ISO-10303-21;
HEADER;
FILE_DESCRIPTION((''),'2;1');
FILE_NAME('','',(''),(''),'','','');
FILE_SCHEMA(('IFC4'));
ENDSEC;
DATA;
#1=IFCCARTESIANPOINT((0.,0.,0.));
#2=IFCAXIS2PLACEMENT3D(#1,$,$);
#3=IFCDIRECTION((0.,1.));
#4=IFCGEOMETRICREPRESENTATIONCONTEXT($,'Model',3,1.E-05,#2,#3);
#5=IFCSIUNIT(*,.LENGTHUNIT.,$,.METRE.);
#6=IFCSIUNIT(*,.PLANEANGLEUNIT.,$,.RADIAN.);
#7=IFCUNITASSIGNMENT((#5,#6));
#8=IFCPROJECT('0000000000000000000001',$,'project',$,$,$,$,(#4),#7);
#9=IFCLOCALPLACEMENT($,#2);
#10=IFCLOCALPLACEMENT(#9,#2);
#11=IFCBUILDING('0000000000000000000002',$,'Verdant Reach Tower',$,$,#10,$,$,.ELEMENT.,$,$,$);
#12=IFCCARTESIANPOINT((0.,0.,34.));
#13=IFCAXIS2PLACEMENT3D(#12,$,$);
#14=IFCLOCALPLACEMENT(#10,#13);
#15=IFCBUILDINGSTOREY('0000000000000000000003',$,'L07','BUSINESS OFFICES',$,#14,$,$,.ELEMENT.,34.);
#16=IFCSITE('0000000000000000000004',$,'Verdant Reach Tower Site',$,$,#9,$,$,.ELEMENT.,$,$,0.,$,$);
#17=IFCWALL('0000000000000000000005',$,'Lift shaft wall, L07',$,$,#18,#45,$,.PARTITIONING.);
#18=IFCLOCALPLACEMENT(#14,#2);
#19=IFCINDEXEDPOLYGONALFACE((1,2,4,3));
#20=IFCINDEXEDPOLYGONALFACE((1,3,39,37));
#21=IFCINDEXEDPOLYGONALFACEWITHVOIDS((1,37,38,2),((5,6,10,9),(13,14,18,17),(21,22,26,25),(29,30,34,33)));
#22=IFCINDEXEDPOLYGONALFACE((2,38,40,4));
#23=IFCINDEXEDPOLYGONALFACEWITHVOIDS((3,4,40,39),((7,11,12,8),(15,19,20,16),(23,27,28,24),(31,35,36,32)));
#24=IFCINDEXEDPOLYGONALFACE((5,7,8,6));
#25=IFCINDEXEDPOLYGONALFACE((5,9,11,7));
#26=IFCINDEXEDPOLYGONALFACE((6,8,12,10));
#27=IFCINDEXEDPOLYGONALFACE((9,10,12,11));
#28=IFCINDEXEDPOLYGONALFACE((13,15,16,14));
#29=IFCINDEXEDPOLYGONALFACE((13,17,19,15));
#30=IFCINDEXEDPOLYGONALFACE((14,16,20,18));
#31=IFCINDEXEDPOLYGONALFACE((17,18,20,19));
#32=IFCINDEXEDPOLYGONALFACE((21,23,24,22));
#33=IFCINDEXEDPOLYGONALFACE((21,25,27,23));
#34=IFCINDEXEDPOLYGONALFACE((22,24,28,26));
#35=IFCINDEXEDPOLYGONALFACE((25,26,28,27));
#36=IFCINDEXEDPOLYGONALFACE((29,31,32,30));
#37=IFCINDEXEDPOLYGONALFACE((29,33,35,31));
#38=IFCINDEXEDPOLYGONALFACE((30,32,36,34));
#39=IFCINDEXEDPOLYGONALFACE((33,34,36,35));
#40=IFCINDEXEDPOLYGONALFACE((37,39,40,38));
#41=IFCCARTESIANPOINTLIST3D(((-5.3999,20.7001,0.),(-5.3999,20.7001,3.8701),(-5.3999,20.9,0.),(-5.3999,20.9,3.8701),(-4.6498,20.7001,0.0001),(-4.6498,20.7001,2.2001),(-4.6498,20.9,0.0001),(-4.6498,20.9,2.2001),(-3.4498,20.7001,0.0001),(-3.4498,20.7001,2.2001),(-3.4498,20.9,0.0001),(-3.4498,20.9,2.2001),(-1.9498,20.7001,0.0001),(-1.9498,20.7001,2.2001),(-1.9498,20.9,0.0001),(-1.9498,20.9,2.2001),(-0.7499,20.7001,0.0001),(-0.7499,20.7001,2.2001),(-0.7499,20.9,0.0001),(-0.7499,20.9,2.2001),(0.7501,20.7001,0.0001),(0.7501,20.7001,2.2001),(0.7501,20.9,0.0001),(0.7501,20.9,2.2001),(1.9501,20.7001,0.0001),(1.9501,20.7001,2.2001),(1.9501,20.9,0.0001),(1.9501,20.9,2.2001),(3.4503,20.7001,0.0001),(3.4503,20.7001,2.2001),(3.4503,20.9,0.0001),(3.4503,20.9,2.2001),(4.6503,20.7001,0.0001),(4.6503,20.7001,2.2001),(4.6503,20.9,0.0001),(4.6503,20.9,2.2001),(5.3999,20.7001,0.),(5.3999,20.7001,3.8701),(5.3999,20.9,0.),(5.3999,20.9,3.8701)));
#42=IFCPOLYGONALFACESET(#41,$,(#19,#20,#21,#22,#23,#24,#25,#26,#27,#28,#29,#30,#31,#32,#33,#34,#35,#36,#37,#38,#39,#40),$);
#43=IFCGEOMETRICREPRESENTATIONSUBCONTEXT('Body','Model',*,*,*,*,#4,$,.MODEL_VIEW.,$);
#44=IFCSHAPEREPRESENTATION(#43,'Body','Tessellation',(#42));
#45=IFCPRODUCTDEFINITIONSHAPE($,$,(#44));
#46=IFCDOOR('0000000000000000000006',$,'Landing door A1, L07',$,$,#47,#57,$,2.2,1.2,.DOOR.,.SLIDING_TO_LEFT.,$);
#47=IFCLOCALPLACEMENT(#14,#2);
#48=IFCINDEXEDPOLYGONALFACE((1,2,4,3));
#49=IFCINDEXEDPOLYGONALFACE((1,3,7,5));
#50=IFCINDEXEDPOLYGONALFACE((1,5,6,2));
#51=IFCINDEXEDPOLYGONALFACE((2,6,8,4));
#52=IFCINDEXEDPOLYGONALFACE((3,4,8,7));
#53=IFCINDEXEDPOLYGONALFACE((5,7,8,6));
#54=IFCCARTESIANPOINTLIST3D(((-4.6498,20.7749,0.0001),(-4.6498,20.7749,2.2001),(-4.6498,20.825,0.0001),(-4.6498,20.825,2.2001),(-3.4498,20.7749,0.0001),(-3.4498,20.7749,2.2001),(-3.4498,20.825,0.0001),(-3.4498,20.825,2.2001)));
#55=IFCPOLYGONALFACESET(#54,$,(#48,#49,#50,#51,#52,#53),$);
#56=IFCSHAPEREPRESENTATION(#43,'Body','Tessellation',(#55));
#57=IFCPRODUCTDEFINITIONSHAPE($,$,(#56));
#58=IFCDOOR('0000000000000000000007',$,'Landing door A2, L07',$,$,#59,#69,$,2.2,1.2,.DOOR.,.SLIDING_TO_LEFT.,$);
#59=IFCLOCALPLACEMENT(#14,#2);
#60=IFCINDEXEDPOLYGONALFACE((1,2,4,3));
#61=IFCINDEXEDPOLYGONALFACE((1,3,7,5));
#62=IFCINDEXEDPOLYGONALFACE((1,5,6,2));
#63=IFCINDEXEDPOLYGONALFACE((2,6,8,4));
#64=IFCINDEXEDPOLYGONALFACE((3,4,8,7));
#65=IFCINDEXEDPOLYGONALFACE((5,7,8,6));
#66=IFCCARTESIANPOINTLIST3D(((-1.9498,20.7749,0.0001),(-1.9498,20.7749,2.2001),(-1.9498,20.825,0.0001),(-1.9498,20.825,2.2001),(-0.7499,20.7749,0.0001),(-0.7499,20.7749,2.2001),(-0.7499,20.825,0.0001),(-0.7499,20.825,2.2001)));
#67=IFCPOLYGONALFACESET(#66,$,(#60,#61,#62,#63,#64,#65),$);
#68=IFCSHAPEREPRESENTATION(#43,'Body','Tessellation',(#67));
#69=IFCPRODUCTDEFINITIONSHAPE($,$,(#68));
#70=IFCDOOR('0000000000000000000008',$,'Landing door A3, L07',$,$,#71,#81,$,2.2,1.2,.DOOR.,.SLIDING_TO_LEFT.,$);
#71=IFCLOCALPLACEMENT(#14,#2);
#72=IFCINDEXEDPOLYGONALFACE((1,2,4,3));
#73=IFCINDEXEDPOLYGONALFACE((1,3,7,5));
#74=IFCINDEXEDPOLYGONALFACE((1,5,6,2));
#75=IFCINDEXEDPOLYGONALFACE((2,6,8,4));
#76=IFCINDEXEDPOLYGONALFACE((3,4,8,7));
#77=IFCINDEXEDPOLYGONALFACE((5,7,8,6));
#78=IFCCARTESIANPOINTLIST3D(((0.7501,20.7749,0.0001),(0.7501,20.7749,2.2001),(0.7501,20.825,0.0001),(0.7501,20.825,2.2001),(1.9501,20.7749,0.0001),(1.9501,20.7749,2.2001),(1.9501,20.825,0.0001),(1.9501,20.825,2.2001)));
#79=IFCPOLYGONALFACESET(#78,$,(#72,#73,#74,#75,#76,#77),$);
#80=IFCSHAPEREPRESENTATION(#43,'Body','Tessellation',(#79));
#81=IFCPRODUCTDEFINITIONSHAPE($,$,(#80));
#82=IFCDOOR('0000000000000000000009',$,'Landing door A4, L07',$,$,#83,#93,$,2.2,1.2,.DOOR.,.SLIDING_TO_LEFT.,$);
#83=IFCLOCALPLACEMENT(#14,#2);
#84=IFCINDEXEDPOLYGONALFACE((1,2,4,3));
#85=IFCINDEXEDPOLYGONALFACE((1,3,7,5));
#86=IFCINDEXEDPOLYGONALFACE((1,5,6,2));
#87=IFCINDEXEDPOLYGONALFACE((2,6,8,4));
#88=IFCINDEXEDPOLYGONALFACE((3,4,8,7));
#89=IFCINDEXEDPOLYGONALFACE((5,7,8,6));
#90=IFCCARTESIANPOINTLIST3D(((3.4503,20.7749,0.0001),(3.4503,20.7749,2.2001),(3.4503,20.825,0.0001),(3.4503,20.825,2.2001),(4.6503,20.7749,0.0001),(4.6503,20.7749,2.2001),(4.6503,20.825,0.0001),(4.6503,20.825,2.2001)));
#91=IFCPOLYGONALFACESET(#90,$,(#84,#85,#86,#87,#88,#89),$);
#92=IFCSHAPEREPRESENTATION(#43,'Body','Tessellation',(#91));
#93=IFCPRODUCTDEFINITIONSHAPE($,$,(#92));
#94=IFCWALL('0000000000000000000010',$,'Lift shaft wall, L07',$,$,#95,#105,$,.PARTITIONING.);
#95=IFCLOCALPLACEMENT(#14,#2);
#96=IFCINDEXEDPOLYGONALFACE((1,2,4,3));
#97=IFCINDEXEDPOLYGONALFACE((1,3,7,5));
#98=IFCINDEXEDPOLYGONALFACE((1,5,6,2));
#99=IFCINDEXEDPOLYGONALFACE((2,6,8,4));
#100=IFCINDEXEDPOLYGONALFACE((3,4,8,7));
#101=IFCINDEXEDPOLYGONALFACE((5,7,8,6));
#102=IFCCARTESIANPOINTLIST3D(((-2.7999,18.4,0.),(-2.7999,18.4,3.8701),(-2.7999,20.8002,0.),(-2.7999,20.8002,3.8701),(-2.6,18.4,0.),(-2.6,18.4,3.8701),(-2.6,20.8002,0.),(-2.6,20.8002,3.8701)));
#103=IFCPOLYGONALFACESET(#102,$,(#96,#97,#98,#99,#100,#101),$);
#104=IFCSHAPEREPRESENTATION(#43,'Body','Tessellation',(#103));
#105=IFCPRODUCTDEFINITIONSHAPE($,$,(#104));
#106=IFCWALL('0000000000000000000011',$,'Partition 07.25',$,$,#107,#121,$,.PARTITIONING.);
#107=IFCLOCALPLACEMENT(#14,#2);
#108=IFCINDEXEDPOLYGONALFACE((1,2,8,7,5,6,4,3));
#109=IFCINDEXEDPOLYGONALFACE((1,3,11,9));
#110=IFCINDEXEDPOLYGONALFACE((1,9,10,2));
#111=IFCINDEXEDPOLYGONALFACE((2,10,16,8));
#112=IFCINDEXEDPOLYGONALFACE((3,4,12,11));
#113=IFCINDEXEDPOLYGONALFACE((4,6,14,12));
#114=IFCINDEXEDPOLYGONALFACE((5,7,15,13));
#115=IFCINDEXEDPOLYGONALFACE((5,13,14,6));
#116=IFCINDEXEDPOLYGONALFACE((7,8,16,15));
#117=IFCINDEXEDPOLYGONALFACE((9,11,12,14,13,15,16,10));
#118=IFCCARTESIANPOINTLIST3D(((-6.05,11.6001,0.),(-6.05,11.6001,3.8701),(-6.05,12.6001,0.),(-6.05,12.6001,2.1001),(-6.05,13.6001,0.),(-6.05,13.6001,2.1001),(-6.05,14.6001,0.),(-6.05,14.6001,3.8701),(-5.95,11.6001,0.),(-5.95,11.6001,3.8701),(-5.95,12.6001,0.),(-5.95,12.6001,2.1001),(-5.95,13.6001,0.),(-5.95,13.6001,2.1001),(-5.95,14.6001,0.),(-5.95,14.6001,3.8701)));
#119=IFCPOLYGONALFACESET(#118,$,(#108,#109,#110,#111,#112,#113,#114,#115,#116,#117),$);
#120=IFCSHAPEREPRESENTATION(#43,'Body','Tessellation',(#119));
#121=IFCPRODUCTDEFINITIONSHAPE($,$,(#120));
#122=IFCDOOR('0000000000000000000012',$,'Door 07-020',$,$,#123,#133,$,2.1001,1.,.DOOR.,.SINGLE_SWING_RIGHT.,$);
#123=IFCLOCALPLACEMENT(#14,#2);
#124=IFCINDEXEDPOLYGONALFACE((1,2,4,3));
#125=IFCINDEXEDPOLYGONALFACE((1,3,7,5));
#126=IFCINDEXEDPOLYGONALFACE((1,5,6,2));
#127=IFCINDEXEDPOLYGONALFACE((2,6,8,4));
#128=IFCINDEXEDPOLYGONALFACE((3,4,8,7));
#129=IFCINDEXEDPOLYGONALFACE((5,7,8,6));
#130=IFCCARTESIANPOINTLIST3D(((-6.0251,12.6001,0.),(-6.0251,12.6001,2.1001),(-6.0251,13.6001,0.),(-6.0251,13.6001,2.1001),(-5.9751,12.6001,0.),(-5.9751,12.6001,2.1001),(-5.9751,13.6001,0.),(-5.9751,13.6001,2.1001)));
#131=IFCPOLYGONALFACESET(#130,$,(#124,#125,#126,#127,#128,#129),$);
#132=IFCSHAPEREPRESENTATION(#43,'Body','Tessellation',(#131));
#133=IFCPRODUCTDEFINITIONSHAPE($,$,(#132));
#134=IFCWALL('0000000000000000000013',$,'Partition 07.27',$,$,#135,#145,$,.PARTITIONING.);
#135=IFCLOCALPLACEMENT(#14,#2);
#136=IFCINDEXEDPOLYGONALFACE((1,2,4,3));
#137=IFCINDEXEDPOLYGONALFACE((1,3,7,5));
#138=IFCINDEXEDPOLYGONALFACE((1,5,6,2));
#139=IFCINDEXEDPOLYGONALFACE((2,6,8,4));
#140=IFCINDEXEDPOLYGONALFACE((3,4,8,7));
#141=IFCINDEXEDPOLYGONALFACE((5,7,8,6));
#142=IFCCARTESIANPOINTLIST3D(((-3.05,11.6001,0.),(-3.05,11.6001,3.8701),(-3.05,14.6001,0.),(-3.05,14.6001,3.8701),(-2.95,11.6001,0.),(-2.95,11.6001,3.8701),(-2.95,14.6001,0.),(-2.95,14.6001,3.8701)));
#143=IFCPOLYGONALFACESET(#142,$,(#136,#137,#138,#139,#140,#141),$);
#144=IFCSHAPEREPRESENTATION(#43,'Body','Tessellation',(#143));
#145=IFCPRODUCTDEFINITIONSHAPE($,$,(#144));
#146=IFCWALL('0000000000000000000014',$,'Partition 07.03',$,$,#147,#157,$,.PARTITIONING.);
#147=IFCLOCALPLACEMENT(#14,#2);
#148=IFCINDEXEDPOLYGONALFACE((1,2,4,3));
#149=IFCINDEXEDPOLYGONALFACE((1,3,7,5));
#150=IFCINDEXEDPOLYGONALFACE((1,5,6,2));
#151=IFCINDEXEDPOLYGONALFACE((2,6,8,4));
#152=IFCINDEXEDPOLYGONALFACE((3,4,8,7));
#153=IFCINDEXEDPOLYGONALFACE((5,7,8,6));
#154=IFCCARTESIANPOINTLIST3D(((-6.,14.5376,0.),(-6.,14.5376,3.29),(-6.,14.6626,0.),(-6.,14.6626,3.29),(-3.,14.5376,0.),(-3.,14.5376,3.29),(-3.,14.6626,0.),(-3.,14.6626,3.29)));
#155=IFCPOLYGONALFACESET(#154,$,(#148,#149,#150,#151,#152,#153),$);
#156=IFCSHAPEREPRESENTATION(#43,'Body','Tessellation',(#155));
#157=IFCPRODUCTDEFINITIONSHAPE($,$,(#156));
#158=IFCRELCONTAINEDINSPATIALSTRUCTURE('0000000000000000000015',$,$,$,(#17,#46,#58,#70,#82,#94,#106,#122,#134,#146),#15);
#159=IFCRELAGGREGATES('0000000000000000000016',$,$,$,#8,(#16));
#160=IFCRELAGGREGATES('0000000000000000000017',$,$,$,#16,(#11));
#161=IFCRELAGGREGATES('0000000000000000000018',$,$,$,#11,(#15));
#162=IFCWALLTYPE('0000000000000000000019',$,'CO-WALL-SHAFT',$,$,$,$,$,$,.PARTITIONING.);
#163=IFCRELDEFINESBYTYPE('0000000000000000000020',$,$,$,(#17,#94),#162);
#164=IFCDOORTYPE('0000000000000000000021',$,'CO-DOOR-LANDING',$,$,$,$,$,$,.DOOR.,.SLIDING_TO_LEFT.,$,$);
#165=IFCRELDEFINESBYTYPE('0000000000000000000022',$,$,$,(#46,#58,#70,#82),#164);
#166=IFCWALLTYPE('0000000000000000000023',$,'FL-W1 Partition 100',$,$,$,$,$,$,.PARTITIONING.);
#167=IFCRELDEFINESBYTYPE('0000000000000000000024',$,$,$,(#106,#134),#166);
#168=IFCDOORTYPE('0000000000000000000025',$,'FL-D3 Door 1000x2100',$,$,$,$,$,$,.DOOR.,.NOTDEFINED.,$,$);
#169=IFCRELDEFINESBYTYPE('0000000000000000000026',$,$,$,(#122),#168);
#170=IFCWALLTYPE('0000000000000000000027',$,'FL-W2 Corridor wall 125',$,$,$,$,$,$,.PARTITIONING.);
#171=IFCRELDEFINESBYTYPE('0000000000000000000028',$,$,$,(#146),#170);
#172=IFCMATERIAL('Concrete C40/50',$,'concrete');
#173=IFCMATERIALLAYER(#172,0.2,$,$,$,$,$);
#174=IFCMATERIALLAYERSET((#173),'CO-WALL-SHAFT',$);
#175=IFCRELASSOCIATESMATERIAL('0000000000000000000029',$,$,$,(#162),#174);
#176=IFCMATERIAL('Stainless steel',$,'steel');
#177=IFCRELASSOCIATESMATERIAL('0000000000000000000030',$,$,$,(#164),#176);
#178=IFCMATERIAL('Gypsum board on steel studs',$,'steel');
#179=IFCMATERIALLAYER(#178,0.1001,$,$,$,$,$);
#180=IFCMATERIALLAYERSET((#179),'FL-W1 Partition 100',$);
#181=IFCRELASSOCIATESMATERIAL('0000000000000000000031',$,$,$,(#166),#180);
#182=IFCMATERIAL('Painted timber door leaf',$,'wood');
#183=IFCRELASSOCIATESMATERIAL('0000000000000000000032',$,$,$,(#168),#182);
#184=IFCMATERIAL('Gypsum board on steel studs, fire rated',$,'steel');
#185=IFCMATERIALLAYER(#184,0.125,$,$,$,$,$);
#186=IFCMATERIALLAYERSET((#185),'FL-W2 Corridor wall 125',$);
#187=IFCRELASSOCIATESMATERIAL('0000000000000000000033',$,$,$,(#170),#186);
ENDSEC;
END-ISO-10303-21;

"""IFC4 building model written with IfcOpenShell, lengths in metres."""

from ifc_helpers import new_model, si_unit, direction, frame, frame_2d, origin, place, context, subcontext, project, spatial, rectangle, extrude, material, layer, layer_set, type_object, element, fill, save


model = new_model("IFC4")

# Units and contexts
model_context = context("Model", 3, precision=1e-05, world=origin(), true_north=direction((0.0, 1.0)))
body_context = subcontext(model_context, "Body", "Model", "MODEL_VIEW")
ifc_project = project(units=[si_unit("LENGTHUNIT", "METRE"), si_unit("PLANEANGLEUNIT", "RADIAN")], contexts=[model_context])

# Site, building, storey
site_placement = place(None, origin())
site = spatial("IfcSite", under=ifc_project, at=site_placement, Name="Verdant Reach Tower Site", CompositionType="ELEMENT", RefElevation=0.0)
building_placement = place(site_placement, origin())
building = spatial("IfcBuilding", under=site, at=building_placement, Name="Verdant Reach Tower", CompositionType="ELEMENT")
storey_placement = place(building_placement, frame((0.0, 0.0, 34.0)))
storey = spatial("IfcBuildingStorey", under=building, at=storey_placement, Name="L07", Description="BUSINESS OFFICES", CompositionType="ELEMENT", Elevation=34.0)

# Shared definitions
ifc_material_1 = material(Name="Gypsum board on steel studs", Category="steel")

# Wall, openings, doors
ifc_material_2 = material(Name="Concrete C40/50", Category="concrete")
ifc_layer_1 = layer(ifc_material_2, 0.2)
ifc_layer_set_1 = layer_set([ifc_layer_1], Name="CO-WALL-SHAFT")
wall_type_1 = type_object("IfcWallType", Name="CO-WALL-SHAFT", PredefinedType="PARTITIONING", material=ifc_layer_set_1)
wall_1_placement = place(storey_placement, frame((-5.3999, 20.8, 0.0), z_axis=(0.0, 0.0, 1.0), x_axis=(1.0, 0.0, 0.0)))
wall_1 = element("IfcWall", 1, at=wall_1_placement, inside=storey, type_object=wall_type_1, Name="Lift shaft wall, L07", PredefinedType="PARTITIONING", context=body_context, shape_type="SweptSolid", body=[
    extrude(rectangle(XDim=10.7998, YDim=0.2, at=frame_2d((5.3999, 0.0))), origin(), (0.0, 0.0, 1.0), 3.8701),
])
opening_1_placement = place(wall_1_placement, frame((0.75, 0.0, 0.0)))
opening_1 = element("IfcOpeningElement", 2, at=opening_1_placement, cuts=wall_1, PredefinedType="OPENING", context=body_context, shape_type="SweptSolid", body=[
    extrude(rectangle(XDim=1.2, YDim=2.2, at=frame_2d((0.6001, 1.1001))), frame((0.0, 0.1099, 0.0), z_axis=(0.0, -1.0, 0.0), x_axis=(1.0, 0.0, 0.0)), (0.0, 0.0, 1.0), 0.22),
])
opening_2_placement = place(wall_1_placement, frame((3.45, 0.0, 0.0)))
opening_2 = element("IfcOpeningElement", 3, at=opening_2_placement, cuts=wall_1, PredefinedType="OPENING", context=body_context, shape_type="SweptSolid", body=[
    extrude(rectangle(XDim=1.2, YDim=2.2, at=frame_2d((0.6001, 1.1001))), frame((0.0, 0.1099, 0.0), z_axis=(0.0, -1.0, 0.0), x_axis=(1.0, 0.0, 0.0)), (0.0, 0.0, 1.0), 0.22),
])
opening_3_placement = place(wall_1_placement, frame((6.1499, 0.0, 0.0)))
opening_3 = element("IfcOpeningElement", 4, at=opening_3_placement, cuts=wall_1, PredefinedType="OPENING", context=body_context, shape_type="SweptSolid", body=[
    extrude(rectangle(XDim=1.2, YDim=2.2, at=frame_2d((0.6001, 1.1001))), frame((0.0, 0.1099, 0.0), z_axis=(0.0, -1.0, 0.0), x_axis=(1.0, 0.0, 0.0)), (0.0, 0.0, 1.0), 0.22),
])
opening_4_placement = place(wall_1_placement, frame((8.8501, 0.0, 0.0)))
opening_4 = element("IfcOpeningElement", 5, at=opening_4_placement, cuts=wall_1, PredefinedType="OPENING", context=body_context, shape_type="SweptSolid", body=[
    extrude(rectangle(XDim=1.2, YDim=2.2, at=frame_2d((0.6001, 1.1001))), frame((0.0, 0.1099, 0.0), z_axis=(0.0, -1.0, 0.0), x_axis=(1.0, 0.0, 0.0)), (0.0, 0.0, 1.0), 0.22),
])
ifc_material_3 = material(Name="Stainless steel", Category="steel")
door_type_1 = type_object("IfcDoorType", Name="CO-DOOR-LANDING", OperationType="SLIDING_TO_LEFT", PredefinedType="DOOR", material=ifc_material_3)
door_1_placement = place(opening_1_placement, origin())
door_1 = element("IfcDoor", 6, at=door_1_placement, inside=storey, type_object=door_type_1, Name="Landing door A1, L07", OperationType="SLIDING_TO_LEFT", OverallHeight=2.2, OverallWidth=1.2, PredefinedType="DOOR", context=body_context, shape_type="SweptSolid", body=[
    extrude(rectangle(XDim=1.2, YDim=2.2, at=frame_2d((0.6001, 1.1001))), frame((0.0, 0.0249, 0.0), z_axis=(0.0, -1.0, 0.0), x_axis=(1.0, 0.0, 0.0)), (0.0, 0.0, 1.0), 0.05),
])
fill(opening_1, door_1)
door_2_placement = place(opening_2_placement, origin())
door_2 = element("IfcDoor", 7, at=door_2_placement, inside=storey, type_object=door_type_1, Name="Landing door A2, L07", OperationType="SLIDING_TO_LEFT", OverallHeight=2.2, OverallWidth=1.2, PredefinedType="DOOR", context=body_context, shape_type="SweptSolid", body=[
    extrude(rectangle(XDim=1.2, YDim=2.2, at=frame_2d((0.6001, 1.1001))), frame((0.0, 0.0249, 0.0), z_axis=(0.0, -1.0, 0.0), x_axis=(1.0, 0.0, 0.0)), (0.0, 0.0, 1.0), 0.05),
])
fill(opening_2, door_2)
door_3_placement = place(opening_3_placement, origin())
door_3 = element("IfcDoor", 8, at=door_3_placement, inside=storey, type_object=door_type_1, Name="Landing door A3, L07", OperationType="SLIDING_TO_LEFT", OverallHeight=2.2, OverallWidth=1.2, PredefinedType="DOOR", context=body_context, shape_type="SweptSolid", body=[
    extrude(rectangle(XDim=1.2, YDim=2.2, at=frame_2d((0.6001, 1.1001))), frame((0.0, 0.0249, 0.0), z_axis=(0.0, -1.0, 0.0), x_axis=(1.0, 0.0, 0.0)), (0.0, 0.0, 1.0), 0.05),
])
fill(opening_3, door_3)
door_4_placement = place(opening_4_placement, origin())
door_4 = element("IfcDoor", 9, at=door_4_placement, inside=storey, type_object=door_type_1, Name="Landing door A4, L07", OperationType="SLIDING_TO_LEFT", OverallHeight=2.2, OverallWidth=1.2, PredefinedType="DOOR", context=body_context, shape_type="SweptSolid", body=[
    extrude(rectangle(XDim=1.2, YDim=2.2, at=frame_2d((0.6001, 1.1001))), frame((0.0, 0.0249, 0.0), z_axis=(0.0, -1.0, 0.0), x_axis=(1.0, 0.0, 0.0)), (0.0, 0.0, 1.0), 0.05),
])
fill(opening_4, door_4)

# Wall
wall_2_placement = place(storey_placement, frame((-2.7, 18.3999, 0.0), z_axis=(0.0, 0.0, 1.0), x_axis=(0.0, 1.0, 0.0)))
element("IfcWall", 10, at=wall_2_placement, inside=storey, type_object=wall_type_1, Name="Lift shaft wall, L07", PredefinedType="PARTITIONING", context=body_context, shape_type="SweptSolid", body=[
    extrude(rectangle(XDim=2.4001, YDim=0.2, at=frame_2d((1.2002, 0.0))), origin(), (0.0, 0.0, 1.0), 3.8701),
])

# Wall, opening, door
ifc_layer_2 = layer(ifc_material_1, 0.1001)
ifc_layer_set_2 = layer_set([ifc_layer_2], Name="FL-W1 Partition 100")
wall_type_2 = type_object("IfcWallType", Name="FL-W1 Partition 100", PredefinedType="PARTITIONING", material=ifc_layer_set_2)
wall_3_placement = place(storey_placement, frame((-6.0, 14.6001, 0.0), z_axis=(0.0, 0.0, 1.0), x_axis=(0.0, -1.0, 0.0)))
wall_3 = element("IfcWall", 11, at=wall_3_placement, inside=storey, type_object=wall_type_2, Name="Partition 07.25", PredefinedType="PARTITIONING", context=body_context, shape_type="SweptSolid", body=[
    extrude(rectangle(XDim=3.0, YDim=0.1001, at=frame_2d((1.5, 0.0))), origin(), (0.0, 0.0, 1.0), 3.8701),
])
opening_5_placement = place(wall_3_placement, frame((1.0, 0.0, 0.0)))
opening_5 = element("IfcOpeningElement", 12, at=opening_5_placement, cuts=wall_3, PredefinedType="OPENING", context=body_context, shape_type="SweptSolid", body=[
    extrude(rectangle(XDim=1.0, YDim=2.1001, at=frame_2d((0.5, 1.05))), frame((0.0, 0.0601, 0.0), z_axis=(0.0, -1.0, 0.0), x_axis=(1.0, 0.0, 0.0)), (0.0, 0.0, 1.0), 0.1201),
])
ifc_material_4 = material(Name="Painted timber door leaf", Category="wood")
door_type_2 = type_object("IfcDoorType", Name="FL-D3 Door 1000x2100", OperationType="NOTDEFINED", PredefinedType="DOOR", material=ifc_material_4)
door_5_placement = place(opening_5_placement, origin())
door_5 = element("IfcDoor", 13, at=door_5_placement, inside=storey, type_object=door_type_2, Name="Door 07-020", OperationType="SINGLE_SWING_RIGHT", OverallHeight=2.1001, OverallWidth=1.0, PredefinedType="DOOR", context=body_context, shape_type="SweptSolid", body=[
    extrude(rectangle(XDim=1.0, YDim=2.1001, at=frame_2d((0.5, 1.05))), frame((0.0, 0.0249, 0.0), z_axis=(0.0, -1.0, 0.0), x_axis=(1.0, 0.0, 0.0)), (0.0, 0.0, 1.0), 0.05),
])
fill(opening_5, door_5)

# Walls
wall_4_placement = place(storey_placement, frame((-3.0, 11.6001, 0.0), z_axis=(0.0, 0.0, 1.0), x_axis=(0.0, 1.0, 0.0)))
element("IfcWall", 14, at=wall_4_placement, inside=storey, type_object=wall_type_2, Name="Partition 07.27", PredefinedType="PARTITIONING", context=body_context, shape_type="SweptSolid", body=[
    extrude(rectangle(XDim=3.0, YDim=0.1001, at=frame_2d((1.5, 0.0))), origin(), (0.0, 0.0, 1.0), 3.8701),
])
ifc_material_5 = material(Name="Gypsum board on steel studs, fire rated", Category="steel")
ifc_layer_3 = layer(ifc_material_5, 0.125)
ifc_layer_set_3 = layer_set([ifc_layer_3], Name="FL-W2 Corridor wall 125")
wall_type_3 = type_object("IfcWallType", Name="FL-W2 Corridor wall 125", PredefinedType="PARTITIONING", material=ifc_layer_set_3)
wall_5_placement = place(storey_placement, frame((-6.0, 14.6001, 0.0), z_axis=(0.0, 0.0, 1.0), x_axis=(1.0, 0.0, 0.0)))
element("IfcWall", 15, at=wall_5_placement, inside=storey, type_object=wall_type_3, Name="Partition 07.03", PredefinedType="PARTITIONING", context=body_context, shape_type="SweptSolid", body=[
    extrude(rectangle(XDim=3.0, YDim=0.125, at=frame_2d((1.5, 0.0))), origin(), (0.0, 0.0, 1.0), 3.29),
])

save(model, "model.ifc")
